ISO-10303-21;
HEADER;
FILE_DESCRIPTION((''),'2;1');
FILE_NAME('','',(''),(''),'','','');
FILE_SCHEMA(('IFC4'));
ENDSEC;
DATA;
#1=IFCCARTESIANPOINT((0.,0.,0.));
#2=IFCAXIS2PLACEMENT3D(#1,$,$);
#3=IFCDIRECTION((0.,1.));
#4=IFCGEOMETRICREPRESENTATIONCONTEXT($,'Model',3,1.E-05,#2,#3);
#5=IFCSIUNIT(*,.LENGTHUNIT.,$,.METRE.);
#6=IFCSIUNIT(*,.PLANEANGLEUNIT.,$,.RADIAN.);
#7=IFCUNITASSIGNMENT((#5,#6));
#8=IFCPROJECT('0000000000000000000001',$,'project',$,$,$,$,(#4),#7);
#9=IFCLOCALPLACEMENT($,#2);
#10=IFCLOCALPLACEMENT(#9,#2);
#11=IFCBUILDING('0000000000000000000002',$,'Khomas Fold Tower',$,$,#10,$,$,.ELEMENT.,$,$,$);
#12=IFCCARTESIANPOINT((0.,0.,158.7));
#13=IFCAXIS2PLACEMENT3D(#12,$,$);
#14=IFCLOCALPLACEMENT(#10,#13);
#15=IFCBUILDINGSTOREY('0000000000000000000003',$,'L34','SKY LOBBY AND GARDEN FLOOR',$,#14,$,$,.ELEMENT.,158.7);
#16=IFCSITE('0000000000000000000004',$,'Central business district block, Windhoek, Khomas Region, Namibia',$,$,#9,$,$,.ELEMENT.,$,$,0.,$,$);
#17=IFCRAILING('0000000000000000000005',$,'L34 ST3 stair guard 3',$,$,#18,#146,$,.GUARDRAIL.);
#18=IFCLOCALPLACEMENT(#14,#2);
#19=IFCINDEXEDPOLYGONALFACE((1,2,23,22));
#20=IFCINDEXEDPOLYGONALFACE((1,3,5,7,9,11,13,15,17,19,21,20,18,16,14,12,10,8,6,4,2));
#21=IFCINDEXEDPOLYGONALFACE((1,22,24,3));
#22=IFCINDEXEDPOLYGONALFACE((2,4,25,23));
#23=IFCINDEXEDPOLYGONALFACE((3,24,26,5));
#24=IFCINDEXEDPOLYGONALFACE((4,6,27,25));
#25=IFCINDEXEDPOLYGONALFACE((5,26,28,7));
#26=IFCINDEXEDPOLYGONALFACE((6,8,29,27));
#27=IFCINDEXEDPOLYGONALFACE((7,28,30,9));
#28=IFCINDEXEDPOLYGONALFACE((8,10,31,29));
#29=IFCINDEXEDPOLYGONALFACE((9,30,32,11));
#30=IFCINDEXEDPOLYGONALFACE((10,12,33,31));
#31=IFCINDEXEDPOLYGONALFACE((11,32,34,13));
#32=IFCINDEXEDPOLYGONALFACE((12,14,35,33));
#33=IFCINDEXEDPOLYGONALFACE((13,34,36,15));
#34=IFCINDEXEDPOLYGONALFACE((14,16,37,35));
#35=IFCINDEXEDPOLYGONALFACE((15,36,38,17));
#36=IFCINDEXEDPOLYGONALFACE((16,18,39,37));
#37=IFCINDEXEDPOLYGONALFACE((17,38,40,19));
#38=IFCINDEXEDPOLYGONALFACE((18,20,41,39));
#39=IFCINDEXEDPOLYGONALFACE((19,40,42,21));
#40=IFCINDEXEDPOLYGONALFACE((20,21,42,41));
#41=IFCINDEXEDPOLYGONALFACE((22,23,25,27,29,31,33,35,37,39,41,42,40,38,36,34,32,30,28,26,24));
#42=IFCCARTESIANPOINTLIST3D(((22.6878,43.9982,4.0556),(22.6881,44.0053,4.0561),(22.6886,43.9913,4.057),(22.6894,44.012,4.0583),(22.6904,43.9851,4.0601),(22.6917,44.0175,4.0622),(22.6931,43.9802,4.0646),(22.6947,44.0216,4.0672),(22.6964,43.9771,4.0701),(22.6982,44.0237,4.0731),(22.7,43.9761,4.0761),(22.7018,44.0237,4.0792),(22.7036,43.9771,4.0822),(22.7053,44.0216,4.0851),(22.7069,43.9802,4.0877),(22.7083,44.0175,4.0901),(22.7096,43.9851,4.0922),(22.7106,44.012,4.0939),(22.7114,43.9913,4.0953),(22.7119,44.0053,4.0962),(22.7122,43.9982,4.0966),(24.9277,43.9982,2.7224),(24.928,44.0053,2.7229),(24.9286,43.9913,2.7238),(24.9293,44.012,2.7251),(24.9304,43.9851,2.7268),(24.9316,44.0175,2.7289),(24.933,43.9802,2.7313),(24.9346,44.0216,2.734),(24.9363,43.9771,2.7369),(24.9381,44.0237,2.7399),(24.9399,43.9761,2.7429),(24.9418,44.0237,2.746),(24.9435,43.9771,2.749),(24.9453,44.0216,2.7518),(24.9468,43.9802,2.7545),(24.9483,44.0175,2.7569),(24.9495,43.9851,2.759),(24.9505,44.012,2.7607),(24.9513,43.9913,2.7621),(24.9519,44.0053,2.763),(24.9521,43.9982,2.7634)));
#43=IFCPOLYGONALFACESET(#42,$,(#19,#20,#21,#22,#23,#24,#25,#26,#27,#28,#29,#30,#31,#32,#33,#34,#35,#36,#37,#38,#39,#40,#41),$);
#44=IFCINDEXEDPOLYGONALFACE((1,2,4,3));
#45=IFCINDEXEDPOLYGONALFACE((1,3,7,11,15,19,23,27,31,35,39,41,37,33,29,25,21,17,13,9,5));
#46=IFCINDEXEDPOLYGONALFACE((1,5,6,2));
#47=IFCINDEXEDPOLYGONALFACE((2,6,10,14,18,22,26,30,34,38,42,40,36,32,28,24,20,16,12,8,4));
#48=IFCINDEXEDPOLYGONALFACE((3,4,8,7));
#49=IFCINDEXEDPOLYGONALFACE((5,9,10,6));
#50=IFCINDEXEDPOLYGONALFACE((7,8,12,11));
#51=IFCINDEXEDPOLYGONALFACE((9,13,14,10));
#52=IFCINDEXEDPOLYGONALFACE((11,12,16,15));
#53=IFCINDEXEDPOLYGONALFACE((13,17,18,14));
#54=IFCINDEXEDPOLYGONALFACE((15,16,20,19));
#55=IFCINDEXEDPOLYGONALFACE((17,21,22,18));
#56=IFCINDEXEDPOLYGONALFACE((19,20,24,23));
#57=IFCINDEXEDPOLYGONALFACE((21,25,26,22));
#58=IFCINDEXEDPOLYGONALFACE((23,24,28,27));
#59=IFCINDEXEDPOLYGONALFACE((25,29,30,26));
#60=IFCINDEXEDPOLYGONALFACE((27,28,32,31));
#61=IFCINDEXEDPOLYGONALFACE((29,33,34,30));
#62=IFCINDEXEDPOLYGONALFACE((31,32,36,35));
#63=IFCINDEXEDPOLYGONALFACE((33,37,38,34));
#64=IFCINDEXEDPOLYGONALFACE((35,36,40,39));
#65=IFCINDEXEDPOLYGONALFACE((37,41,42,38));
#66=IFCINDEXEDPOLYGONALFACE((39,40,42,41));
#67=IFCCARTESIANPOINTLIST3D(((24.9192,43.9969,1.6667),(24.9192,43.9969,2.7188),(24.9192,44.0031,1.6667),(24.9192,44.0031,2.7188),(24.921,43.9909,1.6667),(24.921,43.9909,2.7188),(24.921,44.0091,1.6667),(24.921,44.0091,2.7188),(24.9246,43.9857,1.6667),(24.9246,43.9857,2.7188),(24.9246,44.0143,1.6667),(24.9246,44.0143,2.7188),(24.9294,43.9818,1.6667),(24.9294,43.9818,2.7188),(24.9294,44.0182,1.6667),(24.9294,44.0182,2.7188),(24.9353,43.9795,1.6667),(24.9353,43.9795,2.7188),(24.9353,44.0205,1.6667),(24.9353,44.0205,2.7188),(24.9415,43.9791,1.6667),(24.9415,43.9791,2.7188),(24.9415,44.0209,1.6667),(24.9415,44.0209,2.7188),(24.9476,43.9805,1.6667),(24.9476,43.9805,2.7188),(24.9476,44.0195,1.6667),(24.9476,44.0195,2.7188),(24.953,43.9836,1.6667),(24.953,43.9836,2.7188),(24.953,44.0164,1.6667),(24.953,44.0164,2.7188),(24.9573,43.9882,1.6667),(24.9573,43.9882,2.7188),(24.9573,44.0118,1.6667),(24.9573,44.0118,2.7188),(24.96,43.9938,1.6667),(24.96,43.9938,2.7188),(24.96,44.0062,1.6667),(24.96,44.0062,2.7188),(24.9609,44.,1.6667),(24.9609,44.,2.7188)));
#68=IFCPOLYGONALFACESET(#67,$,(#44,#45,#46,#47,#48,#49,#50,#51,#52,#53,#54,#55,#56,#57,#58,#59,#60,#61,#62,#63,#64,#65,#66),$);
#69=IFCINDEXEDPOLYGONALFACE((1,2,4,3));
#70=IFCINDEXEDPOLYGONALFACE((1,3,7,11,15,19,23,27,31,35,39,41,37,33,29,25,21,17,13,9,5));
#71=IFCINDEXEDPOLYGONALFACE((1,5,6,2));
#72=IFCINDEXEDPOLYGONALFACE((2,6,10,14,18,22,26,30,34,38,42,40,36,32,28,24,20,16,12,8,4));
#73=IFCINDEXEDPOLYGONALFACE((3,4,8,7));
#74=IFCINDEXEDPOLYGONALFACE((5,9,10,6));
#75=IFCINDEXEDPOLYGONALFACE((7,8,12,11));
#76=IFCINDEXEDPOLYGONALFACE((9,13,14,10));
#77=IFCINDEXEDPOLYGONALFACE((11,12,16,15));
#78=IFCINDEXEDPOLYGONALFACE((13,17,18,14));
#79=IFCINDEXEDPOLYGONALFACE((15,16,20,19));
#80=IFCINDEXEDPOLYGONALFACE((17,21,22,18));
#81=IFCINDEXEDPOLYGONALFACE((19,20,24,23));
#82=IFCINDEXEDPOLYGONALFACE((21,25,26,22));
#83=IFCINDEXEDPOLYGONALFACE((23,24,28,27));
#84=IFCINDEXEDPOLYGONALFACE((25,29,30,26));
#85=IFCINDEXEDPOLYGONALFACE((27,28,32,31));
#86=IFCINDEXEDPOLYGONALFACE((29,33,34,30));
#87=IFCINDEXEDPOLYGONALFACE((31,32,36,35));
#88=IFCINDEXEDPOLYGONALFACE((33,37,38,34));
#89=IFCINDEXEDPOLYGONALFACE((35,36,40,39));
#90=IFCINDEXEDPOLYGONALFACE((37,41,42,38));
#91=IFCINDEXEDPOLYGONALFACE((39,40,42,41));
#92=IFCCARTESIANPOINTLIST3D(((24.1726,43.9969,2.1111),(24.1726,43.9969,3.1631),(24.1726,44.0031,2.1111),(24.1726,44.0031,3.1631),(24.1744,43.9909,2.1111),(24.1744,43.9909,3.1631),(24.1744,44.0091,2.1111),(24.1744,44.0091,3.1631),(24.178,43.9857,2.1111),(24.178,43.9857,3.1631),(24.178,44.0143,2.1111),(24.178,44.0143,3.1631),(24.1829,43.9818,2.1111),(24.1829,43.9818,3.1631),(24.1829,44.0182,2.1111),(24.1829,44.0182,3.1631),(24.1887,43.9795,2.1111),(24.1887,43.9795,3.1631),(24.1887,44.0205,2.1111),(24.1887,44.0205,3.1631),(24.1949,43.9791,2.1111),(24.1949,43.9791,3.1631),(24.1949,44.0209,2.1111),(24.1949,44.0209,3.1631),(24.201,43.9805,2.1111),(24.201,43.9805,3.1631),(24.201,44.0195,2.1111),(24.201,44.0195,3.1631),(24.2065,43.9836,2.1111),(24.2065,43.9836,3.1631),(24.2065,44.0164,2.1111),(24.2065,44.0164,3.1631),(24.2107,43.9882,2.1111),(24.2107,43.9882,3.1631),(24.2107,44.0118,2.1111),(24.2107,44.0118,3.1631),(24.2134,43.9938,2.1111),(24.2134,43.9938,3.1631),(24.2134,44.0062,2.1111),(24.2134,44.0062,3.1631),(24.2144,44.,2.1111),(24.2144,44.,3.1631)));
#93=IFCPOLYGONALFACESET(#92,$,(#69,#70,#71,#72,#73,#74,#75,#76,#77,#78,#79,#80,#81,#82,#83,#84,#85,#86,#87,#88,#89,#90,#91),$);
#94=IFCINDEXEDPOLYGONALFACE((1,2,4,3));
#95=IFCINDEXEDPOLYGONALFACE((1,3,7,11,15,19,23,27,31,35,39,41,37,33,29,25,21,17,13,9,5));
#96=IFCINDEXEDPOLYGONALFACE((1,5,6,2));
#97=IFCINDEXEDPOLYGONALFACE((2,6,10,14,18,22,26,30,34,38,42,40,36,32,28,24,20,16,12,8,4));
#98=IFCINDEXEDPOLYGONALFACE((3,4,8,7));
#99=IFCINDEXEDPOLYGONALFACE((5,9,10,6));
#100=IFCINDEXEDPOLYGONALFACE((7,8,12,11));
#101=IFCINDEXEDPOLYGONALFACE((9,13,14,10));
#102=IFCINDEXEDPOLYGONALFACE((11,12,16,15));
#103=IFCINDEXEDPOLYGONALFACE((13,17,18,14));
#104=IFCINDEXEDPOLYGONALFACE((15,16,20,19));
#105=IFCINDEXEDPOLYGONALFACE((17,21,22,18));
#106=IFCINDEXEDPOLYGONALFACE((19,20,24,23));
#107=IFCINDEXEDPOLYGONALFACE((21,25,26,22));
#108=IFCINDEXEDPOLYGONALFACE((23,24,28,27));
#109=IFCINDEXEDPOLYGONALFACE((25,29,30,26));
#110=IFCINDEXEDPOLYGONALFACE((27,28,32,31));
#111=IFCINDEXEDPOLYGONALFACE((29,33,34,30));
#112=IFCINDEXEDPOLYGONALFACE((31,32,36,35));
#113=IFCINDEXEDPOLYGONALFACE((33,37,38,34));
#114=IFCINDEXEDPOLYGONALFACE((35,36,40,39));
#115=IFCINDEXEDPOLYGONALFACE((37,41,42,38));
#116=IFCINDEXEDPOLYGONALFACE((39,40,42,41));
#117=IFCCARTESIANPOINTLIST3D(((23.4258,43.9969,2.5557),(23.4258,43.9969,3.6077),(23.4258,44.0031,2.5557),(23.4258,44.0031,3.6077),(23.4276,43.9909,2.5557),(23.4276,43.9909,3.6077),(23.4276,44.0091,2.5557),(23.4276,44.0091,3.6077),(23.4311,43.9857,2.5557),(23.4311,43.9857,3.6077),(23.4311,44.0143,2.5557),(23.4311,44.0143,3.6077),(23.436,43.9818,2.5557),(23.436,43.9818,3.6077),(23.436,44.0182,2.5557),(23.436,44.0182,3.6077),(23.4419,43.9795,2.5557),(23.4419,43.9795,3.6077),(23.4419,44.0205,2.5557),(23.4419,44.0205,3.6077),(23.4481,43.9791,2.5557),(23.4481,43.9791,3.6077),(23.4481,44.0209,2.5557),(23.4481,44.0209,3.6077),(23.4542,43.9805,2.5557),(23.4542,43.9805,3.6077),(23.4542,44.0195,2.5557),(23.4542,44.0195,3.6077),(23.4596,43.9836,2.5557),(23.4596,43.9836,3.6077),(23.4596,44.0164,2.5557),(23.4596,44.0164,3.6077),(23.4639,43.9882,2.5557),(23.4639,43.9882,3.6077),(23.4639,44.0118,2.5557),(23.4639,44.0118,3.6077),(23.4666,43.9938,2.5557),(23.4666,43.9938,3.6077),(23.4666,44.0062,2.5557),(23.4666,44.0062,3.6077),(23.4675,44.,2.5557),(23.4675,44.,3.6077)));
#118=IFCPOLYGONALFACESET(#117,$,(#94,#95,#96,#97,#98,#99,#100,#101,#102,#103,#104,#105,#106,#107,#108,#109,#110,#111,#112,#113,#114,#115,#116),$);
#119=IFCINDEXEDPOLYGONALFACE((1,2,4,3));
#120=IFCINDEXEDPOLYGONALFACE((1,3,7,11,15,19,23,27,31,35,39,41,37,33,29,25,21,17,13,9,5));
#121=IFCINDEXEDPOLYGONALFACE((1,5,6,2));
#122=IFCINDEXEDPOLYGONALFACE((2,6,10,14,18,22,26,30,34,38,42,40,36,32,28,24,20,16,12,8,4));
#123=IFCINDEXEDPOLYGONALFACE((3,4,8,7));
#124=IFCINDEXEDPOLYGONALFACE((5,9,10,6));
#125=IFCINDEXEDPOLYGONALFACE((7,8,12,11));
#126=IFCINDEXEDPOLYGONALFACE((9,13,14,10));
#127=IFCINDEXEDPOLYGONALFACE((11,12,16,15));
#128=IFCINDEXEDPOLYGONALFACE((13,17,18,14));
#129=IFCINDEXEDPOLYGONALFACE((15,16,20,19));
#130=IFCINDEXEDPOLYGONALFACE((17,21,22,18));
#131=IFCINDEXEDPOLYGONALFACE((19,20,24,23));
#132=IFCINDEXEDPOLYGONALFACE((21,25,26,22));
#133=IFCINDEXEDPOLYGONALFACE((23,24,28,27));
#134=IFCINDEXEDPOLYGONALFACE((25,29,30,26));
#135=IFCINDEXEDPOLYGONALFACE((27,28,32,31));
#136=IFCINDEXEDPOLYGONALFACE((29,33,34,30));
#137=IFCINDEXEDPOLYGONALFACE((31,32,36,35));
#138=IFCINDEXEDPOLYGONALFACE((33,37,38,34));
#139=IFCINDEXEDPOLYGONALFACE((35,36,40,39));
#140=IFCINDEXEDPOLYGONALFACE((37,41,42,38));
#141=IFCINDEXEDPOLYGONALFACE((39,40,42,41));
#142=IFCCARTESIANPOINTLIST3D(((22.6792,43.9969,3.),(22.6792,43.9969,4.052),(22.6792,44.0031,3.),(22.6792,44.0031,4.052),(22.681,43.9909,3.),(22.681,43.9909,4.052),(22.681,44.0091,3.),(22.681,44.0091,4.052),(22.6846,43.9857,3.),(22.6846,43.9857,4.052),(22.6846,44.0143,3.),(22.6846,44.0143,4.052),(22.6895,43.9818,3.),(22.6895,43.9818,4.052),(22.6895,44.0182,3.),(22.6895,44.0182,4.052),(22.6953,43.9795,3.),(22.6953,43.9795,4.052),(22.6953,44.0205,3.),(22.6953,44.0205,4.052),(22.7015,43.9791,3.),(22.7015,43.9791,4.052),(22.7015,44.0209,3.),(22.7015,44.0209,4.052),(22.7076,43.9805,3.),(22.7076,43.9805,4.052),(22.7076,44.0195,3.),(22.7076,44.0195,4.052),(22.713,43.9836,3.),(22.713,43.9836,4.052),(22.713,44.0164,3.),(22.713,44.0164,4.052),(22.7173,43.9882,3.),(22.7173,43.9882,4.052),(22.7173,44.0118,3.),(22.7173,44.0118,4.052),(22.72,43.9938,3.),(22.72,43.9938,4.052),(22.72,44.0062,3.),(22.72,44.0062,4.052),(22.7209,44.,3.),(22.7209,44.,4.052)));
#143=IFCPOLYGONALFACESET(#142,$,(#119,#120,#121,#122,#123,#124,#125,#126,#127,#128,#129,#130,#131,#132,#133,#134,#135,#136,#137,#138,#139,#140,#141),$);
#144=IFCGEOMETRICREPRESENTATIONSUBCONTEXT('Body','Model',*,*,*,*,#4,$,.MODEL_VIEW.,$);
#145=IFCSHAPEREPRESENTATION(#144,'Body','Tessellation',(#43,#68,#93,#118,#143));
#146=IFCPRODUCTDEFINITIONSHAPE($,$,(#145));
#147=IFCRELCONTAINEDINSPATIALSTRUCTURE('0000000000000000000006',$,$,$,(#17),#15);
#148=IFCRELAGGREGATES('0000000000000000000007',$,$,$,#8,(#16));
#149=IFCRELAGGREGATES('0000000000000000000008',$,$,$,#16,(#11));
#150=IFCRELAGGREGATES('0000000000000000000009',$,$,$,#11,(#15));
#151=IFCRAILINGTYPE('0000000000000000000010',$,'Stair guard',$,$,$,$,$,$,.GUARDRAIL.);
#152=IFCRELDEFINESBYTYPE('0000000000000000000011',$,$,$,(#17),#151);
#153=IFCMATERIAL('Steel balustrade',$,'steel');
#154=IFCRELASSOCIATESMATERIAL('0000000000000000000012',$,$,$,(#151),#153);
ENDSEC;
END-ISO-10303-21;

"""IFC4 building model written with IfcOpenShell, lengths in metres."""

from ifc_helpers import new_model, si_unit, direction, frame, origin, origin_2d, place, context, subcontext, project, spatial, circle, extrude, source, transform, mapped, material, type_object, element, save


model = new_model("IFC4")

# Units and contexts
model_context = context("Model", 3, precision=1e-05, world=origin(), true_north=direction((0.0, 1.0)))
body_context = subcontext(model_context, "Body", "Model", "MODEL_VIEW")
ifc_project = project(units=[si_unit("LENGTHUNIT", "METRE"), si_unit("PLANEANGLEUNIT", "RADIAN")], contexts=[model_context])

# Site, building, storey
site_placement = place(None, origin())
site = spatial("IfcSite", under=ifc_project, at=site_placement, Name="Central business district block, Windhoek, Khomas Region, Namibia", CompositionType="ELEMENT", RefElevation=0.0)
building_placement = place(site_placement, origin())
building = spatial("IfcBuilding", under=site, at=building_placement, Name="Khomas Fold Tower", CompositionType="ELEMENT")
storey_placement = place(building_placement, frame((0.0, 0.0, 158.7)))
storey = spatial("IfcBuildingStorey", under=building, at=storey_placement, Name="L34", Description="SKY LOBBY AND GARDEN FLOOR", CompositionType="ELEMENT", Elevation=158.7)

# Railing
ifc_material_1 = material(Name="Steel balustrade", Category="steel")
railing_type_1 = type_object("IfcRailingType", Name="Stair guard", PredefinedType="GUARDRAIL", material=ifc_material_1)
shared_shape_1 = source(origin(), body_context, "Body", "SweptSolid", [
    extrude(circle(Radius=0.0239, at=origin_2d()), frame((0.0, 0.0, 1.0762), z_axis=(-0.859306, 0.0, 0.511462), x_axis=(0.0, -1.0, 0.0)), (0.0, 0.0, 1.0), 2.6067),
    extrude(circle(Radius=0.021, at=origin_2d()), origin(), (0.0, 0.0, 1.0), 1.052),
    extrude(circle(Radius=0.021, at=origin_2d()), frame((-0.7466, 0.0, 0.4443)), (0.0, 0.0, 1.0), 1.052),
    extrude(circle(Radius=0.021, at=origin_2d()), frame((-1.4934, 0.0, 0.8889)), (0.0, 0.0, 1.0), 1.052),
    extrude(circle(Radius=0.021, at=origin_2d()), frame((-2.24, 0.0, 1.3333)), (0.0, 0.0, 1.0), 1.052),
])
for number, where, name in (
    (1, (24.9399, 44.0, 1.6667), "L34 ST3 stair guard 3"),
):
    element("IfcRailing", number, at=place(storey_placement, frame(where)), inside=storey, type_object=railing_type_1, Name=name, PredefinedType="GUARDRAIL", context=body_context, shape_type="MappedRepresentation", body=[
        mapped(shared_shape_1, transform((0.0, 0.0, 0.0))),
    ])

save(model, "model.ifc")
